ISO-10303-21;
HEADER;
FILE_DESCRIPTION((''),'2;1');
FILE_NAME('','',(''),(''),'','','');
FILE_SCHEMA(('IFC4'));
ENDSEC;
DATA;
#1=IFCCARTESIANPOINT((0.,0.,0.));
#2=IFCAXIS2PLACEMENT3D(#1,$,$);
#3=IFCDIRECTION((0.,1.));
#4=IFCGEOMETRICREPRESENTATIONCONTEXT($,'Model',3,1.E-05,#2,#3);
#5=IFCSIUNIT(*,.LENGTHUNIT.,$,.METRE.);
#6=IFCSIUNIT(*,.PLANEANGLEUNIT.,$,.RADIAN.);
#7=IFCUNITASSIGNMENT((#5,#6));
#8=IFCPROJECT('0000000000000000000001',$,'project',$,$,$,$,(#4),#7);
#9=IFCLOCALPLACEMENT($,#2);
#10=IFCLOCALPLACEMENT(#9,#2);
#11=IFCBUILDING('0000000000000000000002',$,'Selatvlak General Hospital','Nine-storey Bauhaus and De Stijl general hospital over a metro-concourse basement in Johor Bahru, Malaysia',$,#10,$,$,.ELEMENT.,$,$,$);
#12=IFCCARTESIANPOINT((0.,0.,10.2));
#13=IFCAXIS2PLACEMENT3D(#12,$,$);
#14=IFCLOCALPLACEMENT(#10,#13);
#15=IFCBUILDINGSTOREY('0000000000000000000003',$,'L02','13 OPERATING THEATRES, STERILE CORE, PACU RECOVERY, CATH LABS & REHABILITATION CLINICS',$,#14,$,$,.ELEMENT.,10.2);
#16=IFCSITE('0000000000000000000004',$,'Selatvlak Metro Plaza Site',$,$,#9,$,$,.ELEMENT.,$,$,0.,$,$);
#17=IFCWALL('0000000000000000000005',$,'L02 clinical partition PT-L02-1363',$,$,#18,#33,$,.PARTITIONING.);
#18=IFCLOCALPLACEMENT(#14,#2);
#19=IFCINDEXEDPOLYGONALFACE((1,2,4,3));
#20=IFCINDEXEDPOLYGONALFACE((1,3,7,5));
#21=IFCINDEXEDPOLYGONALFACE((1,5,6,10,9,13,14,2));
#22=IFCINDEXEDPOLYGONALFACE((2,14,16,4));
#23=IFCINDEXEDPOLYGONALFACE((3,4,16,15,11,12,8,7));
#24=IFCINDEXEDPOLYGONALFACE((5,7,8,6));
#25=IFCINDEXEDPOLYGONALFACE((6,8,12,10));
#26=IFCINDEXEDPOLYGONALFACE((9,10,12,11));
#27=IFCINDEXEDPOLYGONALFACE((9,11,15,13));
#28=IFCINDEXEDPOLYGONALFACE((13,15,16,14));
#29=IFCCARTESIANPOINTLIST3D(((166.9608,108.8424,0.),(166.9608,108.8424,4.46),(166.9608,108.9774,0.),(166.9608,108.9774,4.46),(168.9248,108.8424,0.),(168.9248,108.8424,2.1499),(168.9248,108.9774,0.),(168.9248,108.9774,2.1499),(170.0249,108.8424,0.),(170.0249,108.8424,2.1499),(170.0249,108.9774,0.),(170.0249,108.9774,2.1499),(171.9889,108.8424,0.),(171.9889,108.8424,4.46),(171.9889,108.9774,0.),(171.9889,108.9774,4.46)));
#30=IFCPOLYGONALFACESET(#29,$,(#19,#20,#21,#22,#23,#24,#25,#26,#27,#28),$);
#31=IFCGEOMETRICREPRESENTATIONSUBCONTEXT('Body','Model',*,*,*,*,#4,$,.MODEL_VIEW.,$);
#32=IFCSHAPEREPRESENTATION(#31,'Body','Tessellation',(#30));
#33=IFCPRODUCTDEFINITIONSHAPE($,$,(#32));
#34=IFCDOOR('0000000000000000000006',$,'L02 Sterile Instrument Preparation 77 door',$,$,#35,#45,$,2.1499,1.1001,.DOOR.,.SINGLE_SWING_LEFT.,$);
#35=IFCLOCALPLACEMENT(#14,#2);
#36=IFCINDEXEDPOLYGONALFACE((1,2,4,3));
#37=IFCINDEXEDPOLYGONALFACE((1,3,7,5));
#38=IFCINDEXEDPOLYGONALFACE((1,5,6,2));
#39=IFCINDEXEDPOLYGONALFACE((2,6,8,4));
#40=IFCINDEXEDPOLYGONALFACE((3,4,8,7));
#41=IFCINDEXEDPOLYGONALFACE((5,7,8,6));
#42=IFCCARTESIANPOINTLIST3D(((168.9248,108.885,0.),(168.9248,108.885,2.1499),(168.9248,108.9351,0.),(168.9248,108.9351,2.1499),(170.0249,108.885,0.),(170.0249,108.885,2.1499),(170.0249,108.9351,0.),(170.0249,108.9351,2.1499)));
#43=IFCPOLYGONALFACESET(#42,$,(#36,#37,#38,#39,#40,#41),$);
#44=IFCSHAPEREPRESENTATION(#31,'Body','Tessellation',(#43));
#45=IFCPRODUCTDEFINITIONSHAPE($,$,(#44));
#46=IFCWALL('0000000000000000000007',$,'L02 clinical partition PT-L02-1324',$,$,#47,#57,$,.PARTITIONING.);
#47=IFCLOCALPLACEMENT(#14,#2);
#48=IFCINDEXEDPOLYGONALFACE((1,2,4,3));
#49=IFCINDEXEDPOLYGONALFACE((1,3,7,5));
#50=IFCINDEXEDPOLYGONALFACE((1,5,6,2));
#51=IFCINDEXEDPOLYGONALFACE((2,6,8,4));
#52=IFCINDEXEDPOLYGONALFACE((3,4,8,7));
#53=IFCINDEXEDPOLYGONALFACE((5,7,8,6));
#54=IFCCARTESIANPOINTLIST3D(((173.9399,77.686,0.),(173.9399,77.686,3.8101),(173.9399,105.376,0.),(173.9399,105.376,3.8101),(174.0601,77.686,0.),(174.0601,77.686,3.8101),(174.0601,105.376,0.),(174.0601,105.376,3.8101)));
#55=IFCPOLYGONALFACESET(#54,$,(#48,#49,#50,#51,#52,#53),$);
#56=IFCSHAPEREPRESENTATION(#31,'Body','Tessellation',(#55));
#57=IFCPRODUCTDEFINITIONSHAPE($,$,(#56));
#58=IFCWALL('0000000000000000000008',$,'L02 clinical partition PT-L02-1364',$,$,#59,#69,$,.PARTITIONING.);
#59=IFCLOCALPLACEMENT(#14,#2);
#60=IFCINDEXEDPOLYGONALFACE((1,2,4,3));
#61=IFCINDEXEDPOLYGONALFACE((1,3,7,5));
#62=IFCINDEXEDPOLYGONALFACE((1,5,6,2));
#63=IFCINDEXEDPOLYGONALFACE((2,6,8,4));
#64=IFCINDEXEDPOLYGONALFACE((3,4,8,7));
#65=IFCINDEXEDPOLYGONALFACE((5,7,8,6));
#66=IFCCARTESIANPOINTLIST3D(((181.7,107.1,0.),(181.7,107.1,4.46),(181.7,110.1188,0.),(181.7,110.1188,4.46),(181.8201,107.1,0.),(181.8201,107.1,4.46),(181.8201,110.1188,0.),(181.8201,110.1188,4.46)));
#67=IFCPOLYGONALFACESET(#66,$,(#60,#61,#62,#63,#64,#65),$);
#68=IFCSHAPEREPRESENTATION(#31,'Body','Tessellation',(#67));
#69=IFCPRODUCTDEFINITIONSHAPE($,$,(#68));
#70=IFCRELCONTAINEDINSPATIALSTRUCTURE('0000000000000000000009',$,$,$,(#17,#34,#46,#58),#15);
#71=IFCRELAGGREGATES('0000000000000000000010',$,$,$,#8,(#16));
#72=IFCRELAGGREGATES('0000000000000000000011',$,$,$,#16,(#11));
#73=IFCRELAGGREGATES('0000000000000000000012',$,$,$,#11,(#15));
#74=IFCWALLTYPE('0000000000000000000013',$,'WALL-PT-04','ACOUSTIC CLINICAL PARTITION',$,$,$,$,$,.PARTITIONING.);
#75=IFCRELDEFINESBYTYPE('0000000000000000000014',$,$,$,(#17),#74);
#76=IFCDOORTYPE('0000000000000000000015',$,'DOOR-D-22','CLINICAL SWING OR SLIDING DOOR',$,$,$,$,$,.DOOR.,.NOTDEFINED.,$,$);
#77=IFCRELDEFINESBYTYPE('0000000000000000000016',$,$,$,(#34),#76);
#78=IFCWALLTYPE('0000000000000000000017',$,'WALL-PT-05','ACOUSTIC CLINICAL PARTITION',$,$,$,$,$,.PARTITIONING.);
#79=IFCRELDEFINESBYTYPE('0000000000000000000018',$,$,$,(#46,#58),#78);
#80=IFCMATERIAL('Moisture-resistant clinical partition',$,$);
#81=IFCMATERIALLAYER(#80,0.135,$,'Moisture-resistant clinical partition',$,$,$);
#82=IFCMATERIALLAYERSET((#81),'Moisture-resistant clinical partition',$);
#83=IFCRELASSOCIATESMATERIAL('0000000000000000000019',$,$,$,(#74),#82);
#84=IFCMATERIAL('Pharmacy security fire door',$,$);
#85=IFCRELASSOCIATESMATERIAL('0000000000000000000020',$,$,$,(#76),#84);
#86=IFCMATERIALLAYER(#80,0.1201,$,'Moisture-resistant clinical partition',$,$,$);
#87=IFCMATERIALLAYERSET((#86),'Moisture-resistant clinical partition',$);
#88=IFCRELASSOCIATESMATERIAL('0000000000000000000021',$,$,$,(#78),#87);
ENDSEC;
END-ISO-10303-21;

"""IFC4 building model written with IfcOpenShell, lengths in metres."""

from ifc_helpers import new_model, si_unit, direction, frame, frame_2d, origin, place, context, subcontext, project, spatial, rectangle, extrude, material, layer, layer_set, type_object, element, fill, save


model = new_model("IFC4")

# Units and contexts
model_context = context("Model", 3, precision=1e-05, world=origin(), true_north=direction((0.0, 1.0)))
body_context = subcontext(model_context, "Body", "Model", "MODEL_VIEW")
ifc_project = project(units=[si_unit("LENGTHUNIT", "METRE"), si_unit("PLANEANGLEUNIT", "RADIAN")], contexts=[model_context])

# Site, building, storey
site_placement = place(None, origin())
site = spatial("IfcSite", under=ifc_project, at=site_placement, Name="Selatvlak Metro Plaza Site", CompositionType="ELEMENT", RefElevation=0.0)
building_placement = place(site_placement, origin())
building = spatial("IfcBuilding", under=site, at=building_placement, Name="Selatvlak General Hospital", Description="Nine-storey Bauhaus and De Stijl general hospital over a metro-concourse basement in Johor Bahru, Malaysia", CompositionType="ELEMENT")
storey_placement = place(building_placement, frame((0.0, 0.0, 10.2)))
storey = spatial("IfcBuildingStorey", under=building, at=storey_placement, Name="L02", Description="13 OPERATING THEATRES, STERILE CORE, PACU RECOVERY, CATH LABS & REHABILITATION CLINICS", CompositionType="ELEMENT", Elevation=10.2)

# Wall, opening, door
ifc_material_1 = material(Name="Moisture-resistant clinical partition")
ifc_layer_1 = layer(ifc_material_1, 0.135, Name="Moisture-resistant clinical partition")
ifc_layer_set_1 = layer_set([ifc_layer_1], Name="Moisture-resistant clinical partition")
wall_type_1 = type_object("IfcWallType", Name="WALL-PT-04", Description="ACOUSTIC CLINICAL PARTITION", PredefinedType="PARTITIONING", material=ifc_layer_set_1)
wall_1_placement = place(storey_placement, frame((171.989, 108.9099, 0.0), z_axis=(0.0, 0.0, 1.0), x_axis=(-1.0, 0.0, 0.0)))
wall_1 = element("IfcWall", 1, at=wall_1_placement, inside=storey, type_object=wall_type_1, Name="L02 clinical partition PT-L02-1363", PredefinedType="PARTITIONING", context=body_context, shape_type="SweptSolid", body=[
    extrude(rectangle(XDim=5.0281, YDim=0.135, at=frame_2d((2.5142, 0.0))), origin(), (0.0, 0.0, 1.0), 4.46),
])
opening_1_placement = place(wall_1_placement, frame((1.9641, 0.0, 0.0)))
opening_1 = element("IfcOpeningElement", 2, at=opening_1_placement, cuts=wall_1, PredefinedType="OPENING", context=body_context, shape_type="SweptSolid", body=[
    extrude(rectangle(XDim=1.1001, YDim=2.1499, at=frame_2d((0.55, 1.075))), frame((0.0, 0.0774, 0.0), z_axis=(0.0, -1.0, 0.0), x_axis=(1.0, 0.0, 0.0)), (0.0, 0.0, 1.0), 0.155),
])
ifc_material_2 = material(Name="Pharmacy security fire door")
door_type_1 = type_object("IfcDoorType", Name="DOOR-D-22", Description="CLINICAL SWING OR SLIDING DOOR", OperationType="NOTDEFINED", PredefinedType="DOOR", material=ifc_material_2)
door_1_placement = place(opening_1_placement, origin())
door_1 = element("IfcDoor", 3, at=door_1_placement, inside=storey, type_object=door_type_1, Name="L02 Sterile Instrument Preparation 77 door", OperationType="SINGLE_SWING_LEFT", OverallHeight=2.1499, OverallWidth=1.1001, PredefinedType="DOOR", context=body_context, shape_type="SweptSolid", body=[
    extrude(rectangle(XDim=1.1001, YDim=2.1499, at=frame_2d((0.55, 1.075))), frame((0.0, 0.0249, 0.0), z_axis=(0.0, -1.0, 0.0), x_axis=(1.0, 0.0, 0.0)), (0.0, 0.0, 1.0), 0.05),
])
fill(opening_1, door_1)

# Walls
ifc_layer_2 = layer(ifc_material_1, 0.1201, Name="Moisture-resistant clinical partition")
ifc_layer_set_2 = layer_set([ifc_layer_2], Name="Moisture-resistant clinical partition")
wall_type_2 = type_object("IfcWallType", Name="WALL-PT-05", Description="ACOUSTIC CLINICAL PARTITION", PredefinedType="PARTITIONING", material=ifc_layer_set_2)
wall_2_placement = place(storey_placement, frame((174.0, 105.376, 0.0), z_axis=(0.0, 0.0, 1.0), x_axis=(0.0, -1.0, 0.0)))
element("IfcWall", 4, at=wall_2_placement, inside=storey, type_object=wall_type_2, Name="L02 clinical partition PT-L02-1324", PredefinedType="PARTITIONING", context=body_context, shape_type="SweptSolid", body=[
    extrude(rectangle(XDim=27.6899, YDim=0.1201, at=frame_2d((13.845, 0.0))), origin(), (0.0, 0.0, 1.0), 3.8101),
])
wall_3_placement = place(storey_placement, frame((181.76, 107.1001, 0.0), z_axis=(0.0, 0.0, 1.0), x_axis=(0.0, 1.0, 0.0)))
element("IfcWall", 5, at=wall_3_placement, inside=storey, type_object=wall_type_2, Name="L02 clinical partition PT-L02-1364", PredefinedType="PARTITIONING", context=body_context, shape_type="SweptSolid", body=[
    extrude(rectangle(XDim=3.0188, YDim=0.1201, at=frame_2d((1.5093, 0.0))), origin(), (0.0, 0.0, 1.0), 4.46),
])

save(model, "model.ifc")
